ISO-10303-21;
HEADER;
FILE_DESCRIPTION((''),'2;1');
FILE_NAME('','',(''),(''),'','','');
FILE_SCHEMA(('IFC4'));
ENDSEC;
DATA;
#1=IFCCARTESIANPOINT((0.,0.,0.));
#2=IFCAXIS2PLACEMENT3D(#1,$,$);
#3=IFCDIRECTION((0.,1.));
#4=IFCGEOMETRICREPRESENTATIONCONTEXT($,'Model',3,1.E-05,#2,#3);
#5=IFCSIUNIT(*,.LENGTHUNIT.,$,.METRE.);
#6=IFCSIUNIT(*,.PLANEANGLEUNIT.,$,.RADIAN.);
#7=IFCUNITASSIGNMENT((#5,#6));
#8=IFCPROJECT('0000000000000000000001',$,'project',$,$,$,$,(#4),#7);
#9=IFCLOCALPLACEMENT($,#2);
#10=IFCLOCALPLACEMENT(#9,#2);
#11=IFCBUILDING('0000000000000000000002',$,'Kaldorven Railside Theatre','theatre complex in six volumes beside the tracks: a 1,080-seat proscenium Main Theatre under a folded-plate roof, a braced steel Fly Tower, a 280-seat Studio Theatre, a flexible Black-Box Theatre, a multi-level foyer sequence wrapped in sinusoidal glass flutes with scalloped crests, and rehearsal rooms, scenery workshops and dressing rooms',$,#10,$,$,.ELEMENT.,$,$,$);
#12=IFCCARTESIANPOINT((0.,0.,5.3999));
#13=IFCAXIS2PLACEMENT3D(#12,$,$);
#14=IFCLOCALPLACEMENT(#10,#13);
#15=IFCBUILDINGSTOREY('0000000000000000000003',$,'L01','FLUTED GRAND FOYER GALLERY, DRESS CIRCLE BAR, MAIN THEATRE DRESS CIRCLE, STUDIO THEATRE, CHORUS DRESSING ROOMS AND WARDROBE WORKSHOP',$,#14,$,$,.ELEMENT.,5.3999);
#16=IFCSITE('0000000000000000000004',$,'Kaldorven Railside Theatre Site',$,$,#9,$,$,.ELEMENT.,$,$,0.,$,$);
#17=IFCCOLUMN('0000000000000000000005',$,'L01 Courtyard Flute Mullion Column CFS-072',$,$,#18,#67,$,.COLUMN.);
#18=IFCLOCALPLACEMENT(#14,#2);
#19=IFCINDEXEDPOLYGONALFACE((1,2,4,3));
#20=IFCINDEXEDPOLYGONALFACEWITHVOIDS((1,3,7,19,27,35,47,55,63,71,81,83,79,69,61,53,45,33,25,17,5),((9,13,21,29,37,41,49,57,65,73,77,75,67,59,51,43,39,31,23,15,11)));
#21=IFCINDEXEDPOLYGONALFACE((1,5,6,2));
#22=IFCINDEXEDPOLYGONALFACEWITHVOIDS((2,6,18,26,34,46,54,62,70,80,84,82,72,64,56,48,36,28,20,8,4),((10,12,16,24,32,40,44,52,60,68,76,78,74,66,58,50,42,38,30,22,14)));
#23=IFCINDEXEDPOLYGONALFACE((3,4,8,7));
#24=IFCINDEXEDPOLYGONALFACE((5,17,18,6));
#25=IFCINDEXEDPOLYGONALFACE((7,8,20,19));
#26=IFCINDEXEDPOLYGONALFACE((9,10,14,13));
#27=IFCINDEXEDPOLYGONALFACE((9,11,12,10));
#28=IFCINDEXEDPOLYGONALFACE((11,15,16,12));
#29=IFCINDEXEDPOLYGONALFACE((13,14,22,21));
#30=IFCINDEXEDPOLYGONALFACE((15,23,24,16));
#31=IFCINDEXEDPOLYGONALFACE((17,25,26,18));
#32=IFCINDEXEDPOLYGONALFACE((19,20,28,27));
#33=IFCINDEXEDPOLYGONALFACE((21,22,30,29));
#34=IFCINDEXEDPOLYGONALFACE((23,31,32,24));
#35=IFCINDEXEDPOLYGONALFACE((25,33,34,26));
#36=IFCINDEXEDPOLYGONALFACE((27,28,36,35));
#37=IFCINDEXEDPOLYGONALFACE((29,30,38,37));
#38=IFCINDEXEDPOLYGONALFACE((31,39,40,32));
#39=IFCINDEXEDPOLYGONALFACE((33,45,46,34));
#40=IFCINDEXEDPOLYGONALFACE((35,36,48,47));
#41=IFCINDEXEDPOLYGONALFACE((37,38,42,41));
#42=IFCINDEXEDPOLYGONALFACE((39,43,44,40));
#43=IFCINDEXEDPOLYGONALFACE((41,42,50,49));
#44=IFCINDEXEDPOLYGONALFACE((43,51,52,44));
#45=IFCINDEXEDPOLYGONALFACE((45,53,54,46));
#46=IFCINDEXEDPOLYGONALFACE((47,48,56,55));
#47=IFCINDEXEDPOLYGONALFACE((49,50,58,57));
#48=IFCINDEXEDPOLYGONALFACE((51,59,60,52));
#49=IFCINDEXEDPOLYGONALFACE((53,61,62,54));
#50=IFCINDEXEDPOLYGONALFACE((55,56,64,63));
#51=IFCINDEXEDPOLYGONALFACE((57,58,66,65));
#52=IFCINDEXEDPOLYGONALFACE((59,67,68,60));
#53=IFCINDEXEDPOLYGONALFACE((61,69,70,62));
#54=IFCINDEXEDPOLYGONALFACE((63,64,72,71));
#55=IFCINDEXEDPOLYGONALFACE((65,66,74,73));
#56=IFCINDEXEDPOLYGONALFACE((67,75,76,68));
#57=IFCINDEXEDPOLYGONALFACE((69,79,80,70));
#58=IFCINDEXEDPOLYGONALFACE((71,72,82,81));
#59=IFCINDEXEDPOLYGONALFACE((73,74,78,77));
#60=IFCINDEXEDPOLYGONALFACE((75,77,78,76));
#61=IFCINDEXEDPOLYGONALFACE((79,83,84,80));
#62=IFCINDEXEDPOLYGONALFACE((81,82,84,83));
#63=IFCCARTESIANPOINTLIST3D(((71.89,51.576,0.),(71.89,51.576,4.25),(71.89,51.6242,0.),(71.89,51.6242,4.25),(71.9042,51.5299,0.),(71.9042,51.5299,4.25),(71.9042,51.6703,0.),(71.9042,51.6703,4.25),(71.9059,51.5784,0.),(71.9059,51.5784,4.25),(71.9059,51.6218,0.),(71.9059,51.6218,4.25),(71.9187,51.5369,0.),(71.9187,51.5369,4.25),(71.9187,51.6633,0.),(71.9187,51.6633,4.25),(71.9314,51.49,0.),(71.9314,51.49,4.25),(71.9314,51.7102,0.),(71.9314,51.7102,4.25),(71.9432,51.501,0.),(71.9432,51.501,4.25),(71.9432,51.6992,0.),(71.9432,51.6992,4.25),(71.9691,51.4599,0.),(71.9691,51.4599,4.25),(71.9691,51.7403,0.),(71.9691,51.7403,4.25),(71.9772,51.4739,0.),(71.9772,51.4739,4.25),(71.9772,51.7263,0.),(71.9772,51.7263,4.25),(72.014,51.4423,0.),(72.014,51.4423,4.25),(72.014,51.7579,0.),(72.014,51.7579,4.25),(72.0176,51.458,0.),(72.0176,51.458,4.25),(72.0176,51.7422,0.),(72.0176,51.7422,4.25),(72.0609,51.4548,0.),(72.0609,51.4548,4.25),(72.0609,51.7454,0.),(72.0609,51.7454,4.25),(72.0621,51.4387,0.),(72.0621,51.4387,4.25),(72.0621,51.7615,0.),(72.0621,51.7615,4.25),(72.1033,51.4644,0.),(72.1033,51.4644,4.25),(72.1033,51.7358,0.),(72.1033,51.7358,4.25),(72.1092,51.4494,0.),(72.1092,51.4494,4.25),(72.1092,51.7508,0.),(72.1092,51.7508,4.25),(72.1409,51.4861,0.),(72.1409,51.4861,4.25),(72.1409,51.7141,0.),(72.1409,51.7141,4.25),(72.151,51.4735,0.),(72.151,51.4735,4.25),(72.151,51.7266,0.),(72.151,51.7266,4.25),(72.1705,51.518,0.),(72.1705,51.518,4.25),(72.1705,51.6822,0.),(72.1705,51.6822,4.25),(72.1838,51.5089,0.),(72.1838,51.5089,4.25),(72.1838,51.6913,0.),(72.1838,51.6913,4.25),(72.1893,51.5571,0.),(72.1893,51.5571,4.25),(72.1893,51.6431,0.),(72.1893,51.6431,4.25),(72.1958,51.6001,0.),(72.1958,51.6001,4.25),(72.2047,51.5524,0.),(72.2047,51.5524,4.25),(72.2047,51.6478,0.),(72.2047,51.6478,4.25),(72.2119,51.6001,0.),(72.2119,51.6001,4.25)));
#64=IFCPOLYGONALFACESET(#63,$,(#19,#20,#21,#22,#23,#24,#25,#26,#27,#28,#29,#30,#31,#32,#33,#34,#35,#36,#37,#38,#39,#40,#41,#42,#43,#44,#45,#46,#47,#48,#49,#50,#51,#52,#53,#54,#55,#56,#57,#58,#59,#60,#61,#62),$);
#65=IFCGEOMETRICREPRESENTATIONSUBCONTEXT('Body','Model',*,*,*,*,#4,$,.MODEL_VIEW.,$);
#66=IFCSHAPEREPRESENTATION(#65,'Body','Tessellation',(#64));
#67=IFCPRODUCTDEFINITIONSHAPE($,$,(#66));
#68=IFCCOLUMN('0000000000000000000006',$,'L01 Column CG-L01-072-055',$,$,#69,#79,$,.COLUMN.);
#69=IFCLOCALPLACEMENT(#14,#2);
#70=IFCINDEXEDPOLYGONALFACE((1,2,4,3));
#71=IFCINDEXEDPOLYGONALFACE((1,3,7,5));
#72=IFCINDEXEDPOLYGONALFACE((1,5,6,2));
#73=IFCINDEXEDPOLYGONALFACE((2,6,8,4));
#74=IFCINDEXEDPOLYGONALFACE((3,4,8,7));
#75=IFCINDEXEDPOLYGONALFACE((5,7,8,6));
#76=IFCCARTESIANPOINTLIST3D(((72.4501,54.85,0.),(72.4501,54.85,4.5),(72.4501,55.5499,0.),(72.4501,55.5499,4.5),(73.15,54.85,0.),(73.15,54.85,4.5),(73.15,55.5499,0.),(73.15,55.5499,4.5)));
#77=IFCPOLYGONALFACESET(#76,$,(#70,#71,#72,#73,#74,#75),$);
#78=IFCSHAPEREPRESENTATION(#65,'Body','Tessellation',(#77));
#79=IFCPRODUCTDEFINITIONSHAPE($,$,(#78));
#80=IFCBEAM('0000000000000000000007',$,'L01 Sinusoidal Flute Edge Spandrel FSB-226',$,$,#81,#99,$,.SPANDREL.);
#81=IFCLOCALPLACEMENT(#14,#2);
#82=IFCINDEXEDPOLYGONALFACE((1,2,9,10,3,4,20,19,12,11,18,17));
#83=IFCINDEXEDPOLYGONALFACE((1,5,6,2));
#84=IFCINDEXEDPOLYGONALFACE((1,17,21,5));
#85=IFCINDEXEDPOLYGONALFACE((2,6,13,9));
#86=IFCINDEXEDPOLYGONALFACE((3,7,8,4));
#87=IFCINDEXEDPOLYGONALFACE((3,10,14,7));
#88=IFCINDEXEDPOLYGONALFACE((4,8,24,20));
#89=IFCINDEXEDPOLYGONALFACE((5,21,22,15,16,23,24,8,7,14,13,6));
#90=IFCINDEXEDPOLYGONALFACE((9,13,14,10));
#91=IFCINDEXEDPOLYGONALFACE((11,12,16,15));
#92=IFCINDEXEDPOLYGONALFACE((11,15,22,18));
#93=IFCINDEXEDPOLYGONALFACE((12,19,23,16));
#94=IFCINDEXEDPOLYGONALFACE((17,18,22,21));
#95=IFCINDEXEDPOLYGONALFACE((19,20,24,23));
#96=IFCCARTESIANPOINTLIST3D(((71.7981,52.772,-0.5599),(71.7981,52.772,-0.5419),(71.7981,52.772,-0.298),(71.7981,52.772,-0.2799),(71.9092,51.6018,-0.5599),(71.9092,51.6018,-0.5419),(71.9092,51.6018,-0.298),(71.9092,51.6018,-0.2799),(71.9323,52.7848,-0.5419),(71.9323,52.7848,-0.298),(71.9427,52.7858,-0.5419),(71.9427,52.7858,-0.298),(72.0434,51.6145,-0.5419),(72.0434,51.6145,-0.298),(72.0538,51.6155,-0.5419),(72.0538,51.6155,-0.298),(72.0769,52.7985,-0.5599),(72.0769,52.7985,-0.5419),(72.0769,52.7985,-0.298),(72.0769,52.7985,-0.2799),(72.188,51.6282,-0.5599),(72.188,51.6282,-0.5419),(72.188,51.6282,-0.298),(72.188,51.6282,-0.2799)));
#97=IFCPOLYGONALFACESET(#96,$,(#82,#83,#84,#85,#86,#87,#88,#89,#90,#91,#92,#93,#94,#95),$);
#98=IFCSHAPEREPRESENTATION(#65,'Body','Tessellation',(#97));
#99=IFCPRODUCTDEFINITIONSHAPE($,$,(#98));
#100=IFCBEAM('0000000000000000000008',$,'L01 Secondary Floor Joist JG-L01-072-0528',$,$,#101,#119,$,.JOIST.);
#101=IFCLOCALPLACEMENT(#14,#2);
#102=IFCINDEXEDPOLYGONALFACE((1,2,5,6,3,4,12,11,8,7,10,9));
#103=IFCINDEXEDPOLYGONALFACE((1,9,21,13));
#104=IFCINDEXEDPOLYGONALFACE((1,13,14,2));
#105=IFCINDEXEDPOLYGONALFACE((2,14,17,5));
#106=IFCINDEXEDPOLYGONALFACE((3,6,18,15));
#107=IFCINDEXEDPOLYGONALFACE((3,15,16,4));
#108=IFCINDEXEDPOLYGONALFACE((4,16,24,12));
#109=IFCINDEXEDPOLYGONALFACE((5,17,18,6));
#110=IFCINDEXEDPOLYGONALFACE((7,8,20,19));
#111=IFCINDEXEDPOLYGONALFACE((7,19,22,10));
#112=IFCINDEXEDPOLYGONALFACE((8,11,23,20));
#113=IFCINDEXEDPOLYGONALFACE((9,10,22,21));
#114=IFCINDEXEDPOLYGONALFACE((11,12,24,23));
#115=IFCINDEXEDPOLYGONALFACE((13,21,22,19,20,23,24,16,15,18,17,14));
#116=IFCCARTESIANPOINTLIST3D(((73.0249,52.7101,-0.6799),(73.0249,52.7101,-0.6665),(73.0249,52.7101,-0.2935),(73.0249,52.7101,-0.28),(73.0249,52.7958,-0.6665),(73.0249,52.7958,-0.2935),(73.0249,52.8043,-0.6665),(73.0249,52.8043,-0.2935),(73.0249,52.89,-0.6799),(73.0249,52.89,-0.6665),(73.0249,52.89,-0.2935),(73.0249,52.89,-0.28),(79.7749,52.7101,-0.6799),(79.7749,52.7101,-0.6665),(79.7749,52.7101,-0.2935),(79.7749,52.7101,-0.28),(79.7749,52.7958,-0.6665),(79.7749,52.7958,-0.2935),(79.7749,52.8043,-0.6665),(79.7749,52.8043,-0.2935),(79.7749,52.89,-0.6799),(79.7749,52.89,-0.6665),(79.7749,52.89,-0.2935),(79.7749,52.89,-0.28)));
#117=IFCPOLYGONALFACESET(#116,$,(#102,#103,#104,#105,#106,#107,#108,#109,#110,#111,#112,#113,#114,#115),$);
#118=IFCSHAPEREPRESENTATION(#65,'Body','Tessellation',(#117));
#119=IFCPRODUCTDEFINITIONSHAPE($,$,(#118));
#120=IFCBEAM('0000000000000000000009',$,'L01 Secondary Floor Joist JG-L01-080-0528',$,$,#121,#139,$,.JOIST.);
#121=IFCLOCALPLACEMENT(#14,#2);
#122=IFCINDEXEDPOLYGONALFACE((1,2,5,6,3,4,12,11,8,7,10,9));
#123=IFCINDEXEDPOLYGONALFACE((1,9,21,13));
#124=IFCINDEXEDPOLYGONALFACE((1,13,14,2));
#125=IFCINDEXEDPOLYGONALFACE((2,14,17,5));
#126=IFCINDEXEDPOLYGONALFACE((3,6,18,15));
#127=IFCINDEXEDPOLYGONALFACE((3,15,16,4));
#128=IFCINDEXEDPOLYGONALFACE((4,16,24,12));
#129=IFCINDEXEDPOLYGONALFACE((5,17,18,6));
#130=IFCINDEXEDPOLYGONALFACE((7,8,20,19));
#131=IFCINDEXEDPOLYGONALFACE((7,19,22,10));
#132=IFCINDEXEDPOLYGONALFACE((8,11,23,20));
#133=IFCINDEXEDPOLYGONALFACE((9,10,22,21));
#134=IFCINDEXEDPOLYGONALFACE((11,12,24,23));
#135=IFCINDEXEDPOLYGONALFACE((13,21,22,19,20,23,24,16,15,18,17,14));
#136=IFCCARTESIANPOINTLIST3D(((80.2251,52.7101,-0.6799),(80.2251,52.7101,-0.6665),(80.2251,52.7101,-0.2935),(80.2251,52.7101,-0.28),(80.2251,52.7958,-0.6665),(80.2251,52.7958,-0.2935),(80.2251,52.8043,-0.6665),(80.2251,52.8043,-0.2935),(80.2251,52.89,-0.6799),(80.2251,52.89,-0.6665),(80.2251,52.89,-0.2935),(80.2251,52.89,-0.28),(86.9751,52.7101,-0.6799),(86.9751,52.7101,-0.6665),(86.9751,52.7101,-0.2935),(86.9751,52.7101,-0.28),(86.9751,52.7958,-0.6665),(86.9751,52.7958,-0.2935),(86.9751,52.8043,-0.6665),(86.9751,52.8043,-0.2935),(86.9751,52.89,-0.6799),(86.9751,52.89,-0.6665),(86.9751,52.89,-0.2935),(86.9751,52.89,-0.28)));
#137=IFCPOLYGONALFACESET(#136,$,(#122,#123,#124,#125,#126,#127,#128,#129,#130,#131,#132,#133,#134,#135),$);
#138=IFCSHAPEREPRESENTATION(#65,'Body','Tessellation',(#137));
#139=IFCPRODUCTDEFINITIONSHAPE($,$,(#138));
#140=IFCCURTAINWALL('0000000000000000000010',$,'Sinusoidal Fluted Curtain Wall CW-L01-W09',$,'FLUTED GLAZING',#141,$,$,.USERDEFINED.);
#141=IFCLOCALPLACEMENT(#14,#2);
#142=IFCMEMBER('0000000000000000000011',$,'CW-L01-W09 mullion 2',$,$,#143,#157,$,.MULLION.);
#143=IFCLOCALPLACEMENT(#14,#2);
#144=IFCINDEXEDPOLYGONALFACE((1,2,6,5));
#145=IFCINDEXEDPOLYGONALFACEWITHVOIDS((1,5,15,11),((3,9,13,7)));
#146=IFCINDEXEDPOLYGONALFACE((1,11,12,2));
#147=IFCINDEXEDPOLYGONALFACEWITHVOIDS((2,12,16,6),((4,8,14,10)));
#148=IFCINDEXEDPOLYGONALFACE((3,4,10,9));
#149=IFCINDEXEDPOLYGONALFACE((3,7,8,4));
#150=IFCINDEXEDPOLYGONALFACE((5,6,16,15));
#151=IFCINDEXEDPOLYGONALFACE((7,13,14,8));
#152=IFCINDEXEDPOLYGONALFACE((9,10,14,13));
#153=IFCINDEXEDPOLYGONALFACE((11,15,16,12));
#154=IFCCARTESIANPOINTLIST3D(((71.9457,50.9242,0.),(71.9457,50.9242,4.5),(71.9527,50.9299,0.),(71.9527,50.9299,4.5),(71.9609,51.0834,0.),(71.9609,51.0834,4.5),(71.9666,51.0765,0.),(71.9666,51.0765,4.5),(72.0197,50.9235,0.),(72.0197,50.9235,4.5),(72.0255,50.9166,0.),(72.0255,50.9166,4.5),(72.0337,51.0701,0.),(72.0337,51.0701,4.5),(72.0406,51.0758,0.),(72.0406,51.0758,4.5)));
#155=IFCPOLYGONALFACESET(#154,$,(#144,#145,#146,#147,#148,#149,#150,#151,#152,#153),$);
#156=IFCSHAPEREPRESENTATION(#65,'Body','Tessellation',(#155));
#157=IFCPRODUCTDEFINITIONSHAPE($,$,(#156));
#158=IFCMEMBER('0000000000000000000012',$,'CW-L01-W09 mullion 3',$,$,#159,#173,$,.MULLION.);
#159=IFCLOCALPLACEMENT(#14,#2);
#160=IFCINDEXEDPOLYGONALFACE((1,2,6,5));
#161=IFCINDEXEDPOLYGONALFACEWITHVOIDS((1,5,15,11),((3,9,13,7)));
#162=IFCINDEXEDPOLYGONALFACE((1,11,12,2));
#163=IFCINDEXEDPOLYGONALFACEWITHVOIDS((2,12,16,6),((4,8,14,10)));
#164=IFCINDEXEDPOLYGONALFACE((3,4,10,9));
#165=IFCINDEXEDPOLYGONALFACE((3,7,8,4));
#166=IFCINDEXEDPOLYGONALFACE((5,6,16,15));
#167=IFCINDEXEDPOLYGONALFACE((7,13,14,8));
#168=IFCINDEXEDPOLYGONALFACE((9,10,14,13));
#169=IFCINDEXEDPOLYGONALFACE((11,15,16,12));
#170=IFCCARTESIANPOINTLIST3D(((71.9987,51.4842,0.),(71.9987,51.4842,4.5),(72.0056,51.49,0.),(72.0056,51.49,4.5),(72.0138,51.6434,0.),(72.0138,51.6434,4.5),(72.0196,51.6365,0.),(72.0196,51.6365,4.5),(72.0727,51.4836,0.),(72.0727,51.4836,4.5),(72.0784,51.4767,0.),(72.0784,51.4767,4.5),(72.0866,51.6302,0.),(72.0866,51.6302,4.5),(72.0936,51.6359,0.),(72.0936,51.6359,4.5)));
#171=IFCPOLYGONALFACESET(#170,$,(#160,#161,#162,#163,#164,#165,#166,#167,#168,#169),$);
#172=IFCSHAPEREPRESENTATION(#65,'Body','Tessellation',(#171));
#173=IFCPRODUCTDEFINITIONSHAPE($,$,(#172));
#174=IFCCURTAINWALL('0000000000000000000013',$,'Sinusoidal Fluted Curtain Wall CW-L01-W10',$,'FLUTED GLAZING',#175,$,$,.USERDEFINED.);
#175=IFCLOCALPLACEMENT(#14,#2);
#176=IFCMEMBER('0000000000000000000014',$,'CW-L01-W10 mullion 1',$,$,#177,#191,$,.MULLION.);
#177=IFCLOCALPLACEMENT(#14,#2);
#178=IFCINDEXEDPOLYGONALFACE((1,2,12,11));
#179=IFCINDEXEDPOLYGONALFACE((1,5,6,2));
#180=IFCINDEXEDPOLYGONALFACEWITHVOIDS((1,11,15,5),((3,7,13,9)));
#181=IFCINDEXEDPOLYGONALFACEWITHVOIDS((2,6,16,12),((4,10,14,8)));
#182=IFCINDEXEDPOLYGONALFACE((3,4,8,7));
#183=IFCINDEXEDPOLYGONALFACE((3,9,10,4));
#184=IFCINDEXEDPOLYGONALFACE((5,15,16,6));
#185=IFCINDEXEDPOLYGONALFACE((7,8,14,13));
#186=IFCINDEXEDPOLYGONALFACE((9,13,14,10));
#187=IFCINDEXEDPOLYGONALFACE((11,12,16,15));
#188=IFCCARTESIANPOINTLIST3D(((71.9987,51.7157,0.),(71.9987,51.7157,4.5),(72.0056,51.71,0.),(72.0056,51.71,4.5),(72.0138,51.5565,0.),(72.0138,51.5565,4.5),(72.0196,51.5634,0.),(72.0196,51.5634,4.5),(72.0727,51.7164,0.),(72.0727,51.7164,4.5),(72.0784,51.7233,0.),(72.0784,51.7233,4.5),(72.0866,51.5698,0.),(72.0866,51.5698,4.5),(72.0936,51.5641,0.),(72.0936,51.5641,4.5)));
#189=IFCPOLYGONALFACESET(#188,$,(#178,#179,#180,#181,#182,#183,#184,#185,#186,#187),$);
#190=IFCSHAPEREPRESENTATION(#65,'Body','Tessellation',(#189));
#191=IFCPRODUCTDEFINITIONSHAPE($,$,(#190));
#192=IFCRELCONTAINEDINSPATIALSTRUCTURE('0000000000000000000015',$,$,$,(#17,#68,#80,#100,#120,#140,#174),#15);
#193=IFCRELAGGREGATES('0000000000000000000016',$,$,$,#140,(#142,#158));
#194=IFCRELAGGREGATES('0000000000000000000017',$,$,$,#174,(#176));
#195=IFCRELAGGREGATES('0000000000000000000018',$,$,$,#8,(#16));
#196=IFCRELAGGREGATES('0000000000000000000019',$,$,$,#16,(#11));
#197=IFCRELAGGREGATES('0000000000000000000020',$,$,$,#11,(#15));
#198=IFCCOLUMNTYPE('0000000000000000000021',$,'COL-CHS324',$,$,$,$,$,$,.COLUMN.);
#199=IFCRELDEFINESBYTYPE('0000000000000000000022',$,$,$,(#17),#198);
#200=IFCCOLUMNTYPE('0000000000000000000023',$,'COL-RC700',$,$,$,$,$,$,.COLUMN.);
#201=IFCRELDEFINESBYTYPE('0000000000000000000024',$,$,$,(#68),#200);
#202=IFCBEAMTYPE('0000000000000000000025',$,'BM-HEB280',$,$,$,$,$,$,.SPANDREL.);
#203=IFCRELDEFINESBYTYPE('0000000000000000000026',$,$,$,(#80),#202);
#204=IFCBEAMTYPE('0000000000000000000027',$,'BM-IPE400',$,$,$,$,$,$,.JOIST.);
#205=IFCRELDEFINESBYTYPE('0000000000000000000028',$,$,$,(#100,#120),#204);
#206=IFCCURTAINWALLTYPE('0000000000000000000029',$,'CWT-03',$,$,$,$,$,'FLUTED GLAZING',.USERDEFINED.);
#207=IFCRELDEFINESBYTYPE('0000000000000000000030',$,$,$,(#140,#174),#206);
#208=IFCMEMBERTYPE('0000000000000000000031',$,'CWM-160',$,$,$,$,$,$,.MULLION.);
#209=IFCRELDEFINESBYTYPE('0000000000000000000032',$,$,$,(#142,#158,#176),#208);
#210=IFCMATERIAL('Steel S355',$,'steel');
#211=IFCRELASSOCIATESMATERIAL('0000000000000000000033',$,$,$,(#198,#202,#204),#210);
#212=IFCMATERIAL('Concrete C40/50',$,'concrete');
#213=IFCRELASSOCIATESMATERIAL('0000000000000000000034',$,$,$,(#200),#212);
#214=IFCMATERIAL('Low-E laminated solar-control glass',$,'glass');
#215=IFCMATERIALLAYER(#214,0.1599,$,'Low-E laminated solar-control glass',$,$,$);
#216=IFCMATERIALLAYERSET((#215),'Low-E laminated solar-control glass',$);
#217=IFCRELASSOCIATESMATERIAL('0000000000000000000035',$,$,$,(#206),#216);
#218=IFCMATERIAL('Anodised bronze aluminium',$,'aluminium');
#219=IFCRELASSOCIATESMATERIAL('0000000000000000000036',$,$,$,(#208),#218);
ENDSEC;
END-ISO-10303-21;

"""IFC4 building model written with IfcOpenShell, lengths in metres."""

from ifc_helpers import new_model, si_unit, direction, frame, origin, origin_2d, place, context, subcontext, project, spatial, rectangle, hollow_rectangle, hollow_circle, i_section, extrude, material, layer, layer_set, material_profile, profile_set, type_object, element, aggregate, save


model = new_model("IFC4")

# Units and contexts
model_context = context("Model", 3, precision=1e-05, world=origin(), true_north=direction((0.0, 1.0)))
body_context = subcontext(model_context, "Body", "Model", "MODEL_VIEW")
ifc_project = project(units=[si_unit("LENGTHUNIT", "METRE"), si_unit("PLANEANGLEUNIT", "RADIAN")], contexts=[model_context])

# Site, building, storey
site_placement = place(None, origin())
site = spatial("IfcSite", under=ifc_project, at=site_placement, Name="Kaldorven Railside Theatre Site", CompositionType="ELEMENT", RefElevation=0.0)
building_placement = place(site_placement, origin())
building = spatial("IfcBuilding", under=site, at=building_placement, Name="Kaldorven Railside Theatre", Description="theatre complex in six volumes beside the tracks: a 1,080-seat proscenium Main Theatre under a folded-plate roof, a braced steel Fly Tower, a 280-seat Studio Theatre, a flexible Black-Box Theatre, a multi-level foyer sequence wrapped in sinusoidal glass flutes with scalloped crests, and rehearsal rooms, scenery workshops and dressing rooms", CompositionType="ELEMENT")
storey_placement = place(building_placement, frame((0.0, 0.0, 5.3999)))
storey = spatial("IfcBuildingStorey", under=building, at=storey_placement, Name="L01", Description="FLUTED GRAND FOYER GALLERY, DRESS CIRCLE BAR, MAIN THEATRE DRESS CIRCLE, STUDIO THEATRE, CHORUS DRESSING ROOMS AND WARDROBE WORKSHOP", CompositionType="ELEMENT", Elevation=5.3999)

# Columns
ifc_material_1 = material(Name="Steel S355", Category="steel")
ifc_material_profile_1 = material_profile(ifc_material_1, hollow_circle(Radius=0.1619, WallThickness=0.0161, at=origin_2d()), Name="CHS 323.9x16")
ifc_profile_set_1 = profile_set([ifc_material_profile_1], Name="Steel S355")
column_type_1 = type_object("IfcColumnType", Name="COL-CHS324", PredefinedType="COLUMN", material=ifc_profile_set_1)
column_1_placement = place(storey_placement, frame((72.05, 51.6001, 0.0), z_axis=(0.0, 0.0, 1.0), x_axis=(1.0, 0.0, 0.0)))
element("IfcColumn", 1, at=column_1_placement, inside=storey, type_object=column_type_1, Name="L01 Courtyard Flute Mullion Column CFS-072", PredefinedType="COLUMN", context=body_context, shape_type="SweptSolid", body=[
    extrude(hollow_circle(Radius=0.1619, WallThickness=0.0161, at=origin_2d()), origin(), (0.0, 0.0, 1.0), 4.25),
])
ifc_material_2 = material(Name="Concrete C40/50", Category="concrete")
ifc_material_profile_2 = material_profile(ifc_material_2, rectangle(XDim=0.7, YDim=0.7, at=origin_2d()), Name="RC 700x700")
ifc_profile_set_2 = profile_set([ifc_material_profile_2], Name="Concrete C40/50")
column_type_2 = type_object("IfcColumnType", Name="COL-RC700", PredefinedType="COLUMN", material=ifc_profile_set_2)
column_2_placement = place(storey_placement, frame((72.8, 55.2, 0.0), z_axis=(0.0, 0.0, 1.0), x_axis=(1.0, 0.0, 0.0)))
element("IfcColumn", 2, at=column_2_placement, inside=storey, type_object=column_type_2, Name="L01 Column CG-L01-072-055", PredefinedType="COLUMN", context=body_context, shape_type="SweptSolid", body=[
    extrude(rectangle(XDim=0.7, YDim=0.7, at=origin_2d()), origin(), (0.0, 0.0, 1.0), 4.5),
])

# Beams
ifc_material_profile_3 = material_profile(ifc_material_1, i_section(OverallWidth=0.28, OverallDepth=0.28, WebThickness=0.0105, FlangeThickness=0.0181, at=origin_2d()), Name="HEB 280")
ifc_profile_set_3 = profile_set([ifc_material_profile_3], Name="Steel S355")
beam_type_1 = type_object("IfcBeamType", Name="BM-HEB280", PredefinedType="SPANDREL", material=ifc_profile_set_3)
beam_placement = place(storey_placement, frame((72.0486, 51.615, -0.4199), z_axis=(-0.094505, 0.995524, 0.0), x_axis=(-0.995524, -0.094505, 0.0)))
element("IfcBeam", 3, at=beam_placement, inside=storey, type_object=beam_type_1, Name="L01 Sinusoidal Flute Edge Spandrel FSB-226", PredefinedType="SPANDREL", context=body_context, shape_type="SweptSolid", body=[
    extrude(i_section(OverallWidth=0.28, OverallDepth=0.28, WebThickness=0.0105, FlangeThickness=0.0181, at=origin_2d()), origin(), (0.0, 0.0, 1.0), 1.1755),
])
ifc_material_profile_4 = material_profile(ifc_material_1, i_section(OverallWidth=0.1799, OverallDepth=0.3999, WebThickness=0.0085, FlangeThickness=0.0134, at=origin_2d()), Name="IPE 400")
ifc_profile_set_4 = profile_set([ifc_material_profile_4], Name="Steel S355")
beam_type_2 = type_object("IfcBeamType", Name="BM-IPE400", PredefinedType="JOIST", material=ifc_profile_set_4)
for number, where, z_axis, x_axis, name in (
    (4, (73.0249, 52.8, -0.48), (1.0, 0.0, 0.0), (0.0, 1.0, 0.0), "L01 Secondary Floor Joist JG-L01-072-0528"),
    (5, (80.2251, 52.8, -0.48), (1.0, 0.0, 0.0), (0.0, 1.0, 0.0), "L01 Secondary Floor Joist JG-L01-080-0528"),
):
    element("IfcBeam", number, at=place(storey_placement, frame(where, z_axis=z_axis, x_axis=x_axis)), inside=storey, type_object=beam_type_2, Name=name, PredefinedType="JOIST", context=body_context, shape_type="SweptSolid", body=[
        extrude(i_section(OverallWidth=0.1799, OverallDepth=0.3999, WebThickness=0.0085, FlangeThickness=0.0134, at=origin_2d()), origin(), (0.0, 0.0, 1.0), 6.75),
    ])

# Curtain walls, members
ifc_material_3 = material(Name="Low-E laminated solar-control glass", Category="glass")
ifc_layer_1 = layer(ifc_material_3, 0.1599, Name="Low-E laminated solar-control glass")
ifc_layer_set_1 = layer_set([ifc_layer_1], Name="Low-E laminated solar-control glass")
curtain_wall_type = type_object("IfcCurtainWallType", Name="CWT-03", ElementType="FLUTED GLAZING", PredefinedType="USERDEFINED", material=ifc_layer_set_1)
curtain_wall_1_placement = place(storey_placement, origin())
curtain_wall_1 = element("IfcCurtainWall", 6, at=curtain_wall_1_placement, inside=storey, type_object=curtain_wall_type, Name="Sinusoidal Fluted Curtain Wall CW-L01-W09", ObjectType="FLUTED GLAZING", PredefinedType="USERDEFINED")
ifc_material_4 = material(Name="Anodised bronze aluminium", Category="aluminium")
ifc_material_profile_5 = material_profile(ifc_material_4, hollow_rectangle(XDim=0.0801, YDim=0.1599, WallThickness=0.0063, at=origin_2d()), Name="RHS 160x80x6.3")
ifc_profile_set_5 = profile_set([ifc_material_profile_5], Name="Anodised bronze aluminium")
member_type_1 = type_object("IfcMemberType", Name="CWM-160", PredefinedType="MULLION", material=ifc_profile_set_5)
member_1_placement = place(storey_placement, frame((71.9932, 51.0, 0.0), z_axis=(0.0, 0.0, 1.0), x_axis=(-0.995526, 0.094492, 0.0)))
member_1 = element("IfcMember", 7, at=member_1_placement, type_object=member_type_1, Name="CW-L01-W09 mullion 2", PredefinedType="MULLION", context=body_context, shape_type="SweptSolid", body=[
    extrude(hollow_rectangle(XDim=0.0801, YDim=0.1599, WallThickness=0.0063, at=origin_2d()), origin(), (0.0, 0.0, 1.0), 4.5),
])
member_2_placement = place(storey_placement, frame((72.0461, 51.5601, 0.0), z_axis=(0.0, 0.0, 1.0), x_axis=(-0.995526, 0.094492, 0.0)))
member_2 = element("IfcMember", 8, at=member_2_placement, type_object=member_type_1, Name="CW-L01-W09 mullion 3", PredefinedType="MULLION", context=body_context, shape_type="SweptSolid", body=[
    extrude(hollow_rectangle(XDim=0.0801, YDim=0.1599, WallThickness=0.0063, at=origin_2d()), origin(), (0.0, 0.0, 1.0), 4.5),
])
curtain_wall_2_placement = place(storey_placement, origin())
curtain_wall_2 = element("IfcCurtainWall", 9, at=curtain_wall_2_placement, inside=storey, type_object=curtain_wall_type, Name="Sinusoidal Fluted Curtain Wall CW-L01-W10", ObjectType="FLUTED GLAZING", PredefinedType="USERDEFINED")
member_3_placement = place(storey_placement, frame((72.0461, 51.6399, 0.0), z_axis=(0.0, 0.0, 1.0), x_axis=(-0.995526, -0.094492, 0.0)))
member_3 = element("IfcMember", 10, at=member_3_placement, type_object=member_type_1, Name="CW-L01-W10 mullion 1", PredefinedType="MULLION", context=body_context, shape_type="SweptSolid", body=[
    extrude(hollow_rectangle(XDim=0.0801, YDim=0.1599, WallThickness=0.0063, at=origin_2d()), origin(), (0.0, 0.0, 1.0), 4.5),
])

aggregate(curtain_wall_1, [member_1, member_2])
aggregate(curtain_wall_2, [member_3])

save(model, "model.ifc")
